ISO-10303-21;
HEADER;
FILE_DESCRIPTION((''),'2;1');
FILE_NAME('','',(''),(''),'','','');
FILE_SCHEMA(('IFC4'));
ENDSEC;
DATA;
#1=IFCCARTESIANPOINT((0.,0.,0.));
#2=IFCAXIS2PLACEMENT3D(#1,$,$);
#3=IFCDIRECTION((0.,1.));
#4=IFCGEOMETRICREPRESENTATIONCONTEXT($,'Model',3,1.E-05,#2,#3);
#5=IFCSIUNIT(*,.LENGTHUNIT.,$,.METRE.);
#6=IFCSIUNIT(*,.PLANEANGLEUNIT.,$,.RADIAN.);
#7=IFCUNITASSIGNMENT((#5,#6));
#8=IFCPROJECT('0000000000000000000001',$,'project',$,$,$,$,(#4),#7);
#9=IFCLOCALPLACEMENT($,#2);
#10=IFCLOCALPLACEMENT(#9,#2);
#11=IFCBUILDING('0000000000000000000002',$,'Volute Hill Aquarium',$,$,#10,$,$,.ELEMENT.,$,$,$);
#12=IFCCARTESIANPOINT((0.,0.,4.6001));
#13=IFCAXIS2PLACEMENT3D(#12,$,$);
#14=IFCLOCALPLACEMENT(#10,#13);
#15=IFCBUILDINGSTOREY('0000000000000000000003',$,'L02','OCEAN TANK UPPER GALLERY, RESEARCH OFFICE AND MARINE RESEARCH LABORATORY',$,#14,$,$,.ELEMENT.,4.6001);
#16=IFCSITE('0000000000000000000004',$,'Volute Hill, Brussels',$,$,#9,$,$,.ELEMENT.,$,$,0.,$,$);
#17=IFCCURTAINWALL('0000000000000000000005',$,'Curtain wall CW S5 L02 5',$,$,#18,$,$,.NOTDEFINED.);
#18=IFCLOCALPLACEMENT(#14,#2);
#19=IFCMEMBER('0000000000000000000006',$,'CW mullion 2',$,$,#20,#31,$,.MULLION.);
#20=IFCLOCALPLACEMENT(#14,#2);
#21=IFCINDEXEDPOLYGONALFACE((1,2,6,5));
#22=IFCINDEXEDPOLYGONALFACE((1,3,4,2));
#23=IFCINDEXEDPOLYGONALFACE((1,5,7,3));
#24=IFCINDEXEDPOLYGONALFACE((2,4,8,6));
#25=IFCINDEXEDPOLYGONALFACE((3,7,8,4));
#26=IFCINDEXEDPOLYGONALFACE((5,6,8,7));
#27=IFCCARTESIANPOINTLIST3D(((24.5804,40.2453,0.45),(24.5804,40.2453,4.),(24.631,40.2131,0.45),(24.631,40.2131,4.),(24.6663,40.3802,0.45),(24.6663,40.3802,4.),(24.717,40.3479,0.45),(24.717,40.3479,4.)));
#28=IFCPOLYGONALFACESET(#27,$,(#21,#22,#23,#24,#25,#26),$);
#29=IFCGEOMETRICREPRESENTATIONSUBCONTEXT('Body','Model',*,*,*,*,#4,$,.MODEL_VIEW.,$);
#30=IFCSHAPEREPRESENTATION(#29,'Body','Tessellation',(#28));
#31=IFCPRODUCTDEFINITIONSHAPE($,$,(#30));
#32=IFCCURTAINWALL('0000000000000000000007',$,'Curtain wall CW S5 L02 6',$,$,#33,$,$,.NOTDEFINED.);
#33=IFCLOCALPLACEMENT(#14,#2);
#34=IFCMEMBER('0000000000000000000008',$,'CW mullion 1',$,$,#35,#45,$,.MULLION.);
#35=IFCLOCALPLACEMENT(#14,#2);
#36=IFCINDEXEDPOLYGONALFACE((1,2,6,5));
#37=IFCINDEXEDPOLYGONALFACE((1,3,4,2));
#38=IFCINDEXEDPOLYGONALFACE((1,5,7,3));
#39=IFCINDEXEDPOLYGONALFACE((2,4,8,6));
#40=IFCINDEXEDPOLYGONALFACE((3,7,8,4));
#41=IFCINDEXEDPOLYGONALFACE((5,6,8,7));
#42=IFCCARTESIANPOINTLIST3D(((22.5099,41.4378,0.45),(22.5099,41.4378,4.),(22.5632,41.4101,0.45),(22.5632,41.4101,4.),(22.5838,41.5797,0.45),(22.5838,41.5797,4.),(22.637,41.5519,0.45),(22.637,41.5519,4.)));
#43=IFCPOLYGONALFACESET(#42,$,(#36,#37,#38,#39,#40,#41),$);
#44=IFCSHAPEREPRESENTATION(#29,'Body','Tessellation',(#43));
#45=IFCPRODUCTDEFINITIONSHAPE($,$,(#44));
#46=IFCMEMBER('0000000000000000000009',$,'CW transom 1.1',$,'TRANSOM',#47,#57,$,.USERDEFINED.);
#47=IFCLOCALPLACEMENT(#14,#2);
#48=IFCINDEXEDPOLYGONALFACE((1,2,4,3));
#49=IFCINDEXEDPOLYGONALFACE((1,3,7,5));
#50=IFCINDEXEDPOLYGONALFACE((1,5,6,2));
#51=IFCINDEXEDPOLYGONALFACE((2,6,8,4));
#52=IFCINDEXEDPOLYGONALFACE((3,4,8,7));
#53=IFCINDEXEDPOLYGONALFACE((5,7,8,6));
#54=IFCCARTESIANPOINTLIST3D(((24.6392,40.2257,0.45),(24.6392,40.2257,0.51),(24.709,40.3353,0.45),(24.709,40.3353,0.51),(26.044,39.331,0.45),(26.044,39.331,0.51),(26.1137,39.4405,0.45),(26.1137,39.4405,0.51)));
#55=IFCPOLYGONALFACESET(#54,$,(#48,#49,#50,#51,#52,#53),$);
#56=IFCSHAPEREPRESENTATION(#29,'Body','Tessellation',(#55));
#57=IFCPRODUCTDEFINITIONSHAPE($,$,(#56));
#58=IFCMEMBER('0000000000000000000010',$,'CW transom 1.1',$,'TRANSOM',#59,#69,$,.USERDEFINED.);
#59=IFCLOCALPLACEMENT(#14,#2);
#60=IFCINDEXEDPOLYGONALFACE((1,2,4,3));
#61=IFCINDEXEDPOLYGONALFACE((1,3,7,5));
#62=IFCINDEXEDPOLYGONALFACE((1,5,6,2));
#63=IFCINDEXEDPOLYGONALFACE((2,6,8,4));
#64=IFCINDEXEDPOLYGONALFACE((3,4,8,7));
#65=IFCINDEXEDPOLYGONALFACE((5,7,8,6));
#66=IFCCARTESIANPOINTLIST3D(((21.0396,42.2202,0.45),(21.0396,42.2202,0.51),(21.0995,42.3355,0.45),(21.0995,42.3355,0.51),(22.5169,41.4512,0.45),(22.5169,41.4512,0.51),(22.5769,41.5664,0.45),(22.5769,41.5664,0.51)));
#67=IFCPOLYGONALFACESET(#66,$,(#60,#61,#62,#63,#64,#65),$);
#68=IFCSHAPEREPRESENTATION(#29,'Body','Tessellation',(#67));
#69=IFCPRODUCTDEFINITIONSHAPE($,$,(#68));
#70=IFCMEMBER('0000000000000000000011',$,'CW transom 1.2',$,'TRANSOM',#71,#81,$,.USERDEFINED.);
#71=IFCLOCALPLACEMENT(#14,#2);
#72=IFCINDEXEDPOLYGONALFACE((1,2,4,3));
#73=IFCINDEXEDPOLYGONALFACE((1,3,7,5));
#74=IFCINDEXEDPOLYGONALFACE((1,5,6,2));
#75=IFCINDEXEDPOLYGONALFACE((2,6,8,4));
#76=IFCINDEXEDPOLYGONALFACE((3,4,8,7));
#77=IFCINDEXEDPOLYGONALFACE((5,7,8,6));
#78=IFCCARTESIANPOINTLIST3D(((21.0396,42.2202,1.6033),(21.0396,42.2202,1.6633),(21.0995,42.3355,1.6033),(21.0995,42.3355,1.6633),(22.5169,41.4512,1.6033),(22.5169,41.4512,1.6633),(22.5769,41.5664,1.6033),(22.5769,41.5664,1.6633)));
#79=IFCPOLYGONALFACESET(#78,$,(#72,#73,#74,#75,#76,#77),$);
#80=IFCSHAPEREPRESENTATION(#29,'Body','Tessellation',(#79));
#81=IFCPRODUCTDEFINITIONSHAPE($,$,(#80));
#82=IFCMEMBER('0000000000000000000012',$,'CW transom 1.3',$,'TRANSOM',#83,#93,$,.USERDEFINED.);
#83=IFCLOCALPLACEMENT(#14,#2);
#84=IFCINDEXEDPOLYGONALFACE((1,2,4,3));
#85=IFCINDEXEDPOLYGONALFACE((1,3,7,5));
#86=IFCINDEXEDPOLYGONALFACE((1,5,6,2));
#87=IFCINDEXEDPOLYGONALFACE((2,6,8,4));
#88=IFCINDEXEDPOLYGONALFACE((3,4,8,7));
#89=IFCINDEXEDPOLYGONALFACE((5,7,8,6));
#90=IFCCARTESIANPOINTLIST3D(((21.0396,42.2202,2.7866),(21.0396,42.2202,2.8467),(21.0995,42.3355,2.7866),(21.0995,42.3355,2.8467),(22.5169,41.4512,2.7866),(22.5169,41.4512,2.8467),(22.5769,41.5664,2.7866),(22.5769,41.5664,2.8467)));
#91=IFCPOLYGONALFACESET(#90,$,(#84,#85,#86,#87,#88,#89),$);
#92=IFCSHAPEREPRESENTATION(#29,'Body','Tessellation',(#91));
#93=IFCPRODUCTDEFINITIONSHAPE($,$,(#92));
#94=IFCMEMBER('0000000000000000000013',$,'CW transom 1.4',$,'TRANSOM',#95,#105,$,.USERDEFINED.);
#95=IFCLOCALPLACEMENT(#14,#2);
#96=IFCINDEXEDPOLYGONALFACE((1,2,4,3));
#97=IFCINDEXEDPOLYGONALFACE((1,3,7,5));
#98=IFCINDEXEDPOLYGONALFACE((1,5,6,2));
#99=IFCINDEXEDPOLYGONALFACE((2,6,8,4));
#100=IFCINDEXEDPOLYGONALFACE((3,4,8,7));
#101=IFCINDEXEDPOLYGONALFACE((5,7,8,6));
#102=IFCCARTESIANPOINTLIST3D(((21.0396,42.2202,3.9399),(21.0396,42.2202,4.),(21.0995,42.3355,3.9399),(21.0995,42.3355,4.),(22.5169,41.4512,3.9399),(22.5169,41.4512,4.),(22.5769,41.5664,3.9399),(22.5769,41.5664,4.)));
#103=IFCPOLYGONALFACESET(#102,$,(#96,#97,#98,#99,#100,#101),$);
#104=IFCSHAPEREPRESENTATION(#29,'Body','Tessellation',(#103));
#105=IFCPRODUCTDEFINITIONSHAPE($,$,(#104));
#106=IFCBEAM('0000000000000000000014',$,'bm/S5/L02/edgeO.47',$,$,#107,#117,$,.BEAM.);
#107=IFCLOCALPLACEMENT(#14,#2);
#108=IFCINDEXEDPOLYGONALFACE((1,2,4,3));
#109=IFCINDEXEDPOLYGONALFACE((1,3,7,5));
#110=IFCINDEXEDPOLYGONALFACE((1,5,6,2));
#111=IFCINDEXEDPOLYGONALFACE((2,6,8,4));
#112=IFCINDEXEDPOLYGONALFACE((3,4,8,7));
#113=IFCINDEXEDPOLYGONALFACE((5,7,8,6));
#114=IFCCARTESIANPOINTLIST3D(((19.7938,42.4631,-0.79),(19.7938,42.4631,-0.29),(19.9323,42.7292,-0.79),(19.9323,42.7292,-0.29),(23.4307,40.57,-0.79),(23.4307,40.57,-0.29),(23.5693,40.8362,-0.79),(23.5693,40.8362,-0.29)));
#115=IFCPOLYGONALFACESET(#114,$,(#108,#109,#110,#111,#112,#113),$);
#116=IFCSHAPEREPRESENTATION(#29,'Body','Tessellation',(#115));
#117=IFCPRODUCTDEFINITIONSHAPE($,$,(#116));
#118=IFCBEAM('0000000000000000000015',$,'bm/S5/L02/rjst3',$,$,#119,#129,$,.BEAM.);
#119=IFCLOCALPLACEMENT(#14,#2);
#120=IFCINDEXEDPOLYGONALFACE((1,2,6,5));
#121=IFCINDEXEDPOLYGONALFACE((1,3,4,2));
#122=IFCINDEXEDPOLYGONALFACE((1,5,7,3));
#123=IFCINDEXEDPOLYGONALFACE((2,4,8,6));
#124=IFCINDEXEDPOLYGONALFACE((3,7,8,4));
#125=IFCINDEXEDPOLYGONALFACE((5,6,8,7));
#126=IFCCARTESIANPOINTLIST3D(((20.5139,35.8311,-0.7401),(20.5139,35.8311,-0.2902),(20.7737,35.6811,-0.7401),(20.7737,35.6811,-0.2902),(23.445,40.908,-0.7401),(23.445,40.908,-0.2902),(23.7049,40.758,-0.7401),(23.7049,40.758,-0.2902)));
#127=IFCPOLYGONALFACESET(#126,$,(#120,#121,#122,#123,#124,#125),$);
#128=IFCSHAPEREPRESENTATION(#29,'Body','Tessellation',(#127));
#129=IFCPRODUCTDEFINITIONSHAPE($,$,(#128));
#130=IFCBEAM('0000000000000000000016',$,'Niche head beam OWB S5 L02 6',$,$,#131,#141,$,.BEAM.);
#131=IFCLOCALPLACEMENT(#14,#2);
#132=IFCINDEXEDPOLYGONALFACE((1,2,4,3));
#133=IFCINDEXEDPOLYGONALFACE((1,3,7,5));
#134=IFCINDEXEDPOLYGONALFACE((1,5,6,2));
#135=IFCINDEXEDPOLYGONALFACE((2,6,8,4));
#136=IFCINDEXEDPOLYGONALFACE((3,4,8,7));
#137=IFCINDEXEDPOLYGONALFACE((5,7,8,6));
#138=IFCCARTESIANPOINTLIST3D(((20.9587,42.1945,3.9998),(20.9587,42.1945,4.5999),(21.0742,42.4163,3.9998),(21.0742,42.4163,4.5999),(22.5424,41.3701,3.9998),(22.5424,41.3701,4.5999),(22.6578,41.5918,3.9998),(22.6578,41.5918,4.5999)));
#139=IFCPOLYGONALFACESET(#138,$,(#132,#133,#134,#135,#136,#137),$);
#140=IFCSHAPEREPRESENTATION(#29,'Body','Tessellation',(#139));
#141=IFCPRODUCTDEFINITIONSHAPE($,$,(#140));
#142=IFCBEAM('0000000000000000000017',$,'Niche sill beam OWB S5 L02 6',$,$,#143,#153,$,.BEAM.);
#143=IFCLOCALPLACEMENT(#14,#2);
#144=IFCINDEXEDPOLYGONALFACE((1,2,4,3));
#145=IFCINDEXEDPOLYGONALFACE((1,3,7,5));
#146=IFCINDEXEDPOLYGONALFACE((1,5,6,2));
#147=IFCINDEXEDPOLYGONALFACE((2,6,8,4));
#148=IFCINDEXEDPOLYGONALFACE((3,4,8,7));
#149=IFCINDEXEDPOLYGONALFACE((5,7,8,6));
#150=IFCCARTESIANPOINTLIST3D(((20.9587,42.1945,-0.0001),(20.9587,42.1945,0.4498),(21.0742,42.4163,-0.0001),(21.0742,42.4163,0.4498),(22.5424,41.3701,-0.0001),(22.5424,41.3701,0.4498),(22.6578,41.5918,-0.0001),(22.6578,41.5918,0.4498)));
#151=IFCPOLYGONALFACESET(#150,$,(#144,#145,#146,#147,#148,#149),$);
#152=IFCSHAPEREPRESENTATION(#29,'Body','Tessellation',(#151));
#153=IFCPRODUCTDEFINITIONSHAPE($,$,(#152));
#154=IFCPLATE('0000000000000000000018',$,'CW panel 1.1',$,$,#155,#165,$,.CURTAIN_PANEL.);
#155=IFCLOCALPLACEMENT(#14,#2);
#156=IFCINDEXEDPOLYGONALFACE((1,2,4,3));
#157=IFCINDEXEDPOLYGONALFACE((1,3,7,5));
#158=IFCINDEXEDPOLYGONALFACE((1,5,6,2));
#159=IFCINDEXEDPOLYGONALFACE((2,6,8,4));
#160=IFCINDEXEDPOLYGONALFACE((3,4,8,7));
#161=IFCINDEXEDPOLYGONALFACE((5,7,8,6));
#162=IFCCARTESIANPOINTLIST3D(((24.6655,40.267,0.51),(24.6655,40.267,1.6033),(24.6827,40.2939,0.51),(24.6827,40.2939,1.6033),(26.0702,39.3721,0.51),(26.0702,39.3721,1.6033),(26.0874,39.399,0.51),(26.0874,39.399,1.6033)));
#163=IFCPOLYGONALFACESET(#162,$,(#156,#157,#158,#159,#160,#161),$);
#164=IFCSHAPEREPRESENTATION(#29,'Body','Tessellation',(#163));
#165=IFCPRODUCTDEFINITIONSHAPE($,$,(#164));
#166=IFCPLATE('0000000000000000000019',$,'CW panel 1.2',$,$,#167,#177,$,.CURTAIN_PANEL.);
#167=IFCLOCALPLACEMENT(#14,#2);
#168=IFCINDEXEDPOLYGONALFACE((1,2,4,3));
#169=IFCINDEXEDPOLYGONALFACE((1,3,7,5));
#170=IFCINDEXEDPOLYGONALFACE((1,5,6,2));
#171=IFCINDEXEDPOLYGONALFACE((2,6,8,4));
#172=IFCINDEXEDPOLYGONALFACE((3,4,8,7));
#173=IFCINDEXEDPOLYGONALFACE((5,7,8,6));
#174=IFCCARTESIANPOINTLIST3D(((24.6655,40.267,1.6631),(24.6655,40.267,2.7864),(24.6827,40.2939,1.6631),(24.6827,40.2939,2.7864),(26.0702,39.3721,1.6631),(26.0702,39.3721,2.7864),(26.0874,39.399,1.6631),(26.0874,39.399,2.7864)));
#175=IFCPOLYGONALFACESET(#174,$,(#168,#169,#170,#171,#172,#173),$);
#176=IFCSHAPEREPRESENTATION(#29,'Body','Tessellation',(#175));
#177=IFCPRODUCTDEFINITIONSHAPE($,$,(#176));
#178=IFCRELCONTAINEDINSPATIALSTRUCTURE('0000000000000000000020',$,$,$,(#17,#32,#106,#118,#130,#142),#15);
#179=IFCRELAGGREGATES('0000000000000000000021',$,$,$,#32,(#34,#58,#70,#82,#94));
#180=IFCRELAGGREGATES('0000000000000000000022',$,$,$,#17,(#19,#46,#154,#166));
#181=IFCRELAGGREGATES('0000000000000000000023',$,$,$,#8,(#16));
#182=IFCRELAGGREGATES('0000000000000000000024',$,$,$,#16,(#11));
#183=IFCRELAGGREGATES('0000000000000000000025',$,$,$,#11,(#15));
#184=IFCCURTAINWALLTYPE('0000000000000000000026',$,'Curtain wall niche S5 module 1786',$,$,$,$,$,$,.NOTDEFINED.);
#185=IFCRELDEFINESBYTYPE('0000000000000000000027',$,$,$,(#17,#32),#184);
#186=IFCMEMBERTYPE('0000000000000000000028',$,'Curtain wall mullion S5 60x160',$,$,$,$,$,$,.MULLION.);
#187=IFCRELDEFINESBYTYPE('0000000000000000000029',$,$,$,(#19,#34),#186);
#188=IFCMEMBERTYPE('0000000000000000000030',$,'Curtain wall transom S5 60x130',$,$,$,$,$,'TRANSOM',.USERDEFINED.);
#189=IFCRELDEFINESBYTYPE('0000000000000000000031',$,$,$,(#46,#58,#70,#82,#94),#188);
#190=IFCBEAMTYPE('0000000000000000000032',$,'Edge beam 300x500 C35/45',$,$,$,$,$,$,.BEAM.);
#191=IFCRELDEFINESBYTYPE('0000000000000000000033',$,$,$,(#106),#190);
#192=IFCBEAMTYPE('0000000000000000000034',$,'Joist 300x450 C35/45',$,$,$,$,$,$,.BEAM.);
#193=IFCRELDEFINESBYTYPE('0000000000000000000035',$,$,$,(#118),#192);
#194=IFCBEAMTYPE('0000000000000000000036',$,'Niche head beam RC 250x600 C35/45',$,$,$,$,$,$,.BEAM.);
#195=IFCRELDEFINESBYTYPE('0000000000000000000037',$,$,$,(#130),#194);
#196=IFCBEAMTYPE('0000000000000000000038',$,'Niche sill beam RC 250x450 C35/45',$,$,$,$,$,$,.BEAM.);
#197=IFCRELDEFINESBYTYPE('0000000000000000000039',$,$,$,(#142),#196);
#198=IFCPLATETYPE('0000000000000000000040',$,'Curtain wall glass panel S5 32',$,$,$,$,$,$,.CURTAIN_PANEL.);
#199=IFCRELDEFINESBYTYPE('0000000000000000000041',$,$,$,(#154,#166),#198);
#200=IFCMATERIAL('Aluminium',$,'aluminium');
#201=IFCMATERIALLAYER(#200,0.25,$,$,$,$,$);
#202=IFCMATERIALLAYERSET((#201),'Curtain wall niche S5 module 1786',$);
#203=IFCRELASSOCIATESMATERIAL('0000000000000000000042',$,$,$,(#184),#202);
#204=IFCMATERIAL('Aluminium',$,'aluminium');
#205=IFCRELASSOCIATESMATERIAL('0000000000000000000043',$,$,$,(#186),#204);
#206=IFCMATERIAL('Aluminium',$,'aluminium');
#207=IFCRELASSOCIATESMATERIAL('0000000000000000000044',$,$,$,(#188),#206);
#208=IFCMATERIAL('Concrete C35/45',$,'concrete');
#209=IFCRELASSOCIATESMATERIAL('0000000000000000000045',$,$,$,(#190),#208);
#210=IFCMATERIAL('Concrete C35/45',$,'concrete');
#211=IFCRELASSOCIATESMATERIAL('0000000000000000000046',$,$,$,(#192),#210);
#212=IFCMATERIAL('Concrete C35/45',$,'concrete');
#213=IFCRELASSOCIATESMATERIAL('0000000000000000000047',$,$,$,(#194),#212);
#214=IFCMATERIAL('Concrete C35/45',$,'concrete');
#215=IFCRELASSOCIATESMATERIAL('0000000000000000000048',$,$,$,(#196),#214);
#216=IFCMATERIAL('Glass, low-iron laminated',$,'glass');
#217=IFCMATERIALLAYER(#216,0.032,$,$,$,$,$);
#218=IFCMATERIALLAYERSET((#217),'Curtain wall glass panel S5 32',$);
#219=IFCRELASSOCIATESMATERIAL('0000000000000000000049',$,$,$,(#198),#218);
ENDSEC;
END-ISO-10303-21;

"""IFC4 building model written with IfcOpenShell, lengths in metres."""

from ifc_helpers import new_model, si_unit, direction, frame, origin, origin_2d, place, context, subcontext, project, spatial, rectangle, extrude, material, layer, layer_set, material_profile, profile_set, type_object, element, aggregate, save


model = new_model("IFC4")

# Units and contexts
model_context = context("Model", 3, precision=1e-05, world=origin(), true_north=direction((0.0, 1.0)))
body_context = subcontext(model_context, "Body", "Model", "MODEL_VIEW")
ifc_project = project(units=[si_unit("LENGTHUNIT", "METRE"), si_unit("PLANEANGLEUNIT", "RADIAN")], contexts=[model_context])

# Site, building, storey
site_placement = place(None, origin())
site = spatial("IfcSite", under=ifc_project, at=site_placement, Name="Volute Hill, Brussels", CompositionType="ELEMENT", RefElevation=0.0)
building_placement = place(site_placement, origin())
building = spatial("IfcBuilding", under=site, at=building_placement, Name="Volute Hill Aquarium", CompositionType="ELEMENT")
storey_placement = place(building_placement, frame((0.0, 0.0, 4.6001)))
storey = spatial("IfcBuildingStorey", under=building, at=storey_placement, Name="L02", Description="OCEAN TANK UPPER GALLERY, RESEARCH OFFICE AND MARINE RESEARCH LABORATORY", CompositionType="ELEMENT", Elevation=4.6001)

# Curtain walls, members
ifc_material_1 = material(Name="Aluminium", Category="aluminium")
ifc_layer_1 = layer(ifc_material_1, 0.25)
ifc_layer_set_1 = layer_set([ifc_layer_1], Name="Curtain wall niche S5 module 1786")
curtain_wall_type = type_object("IfcCurtainWallType", Name="Curtain wall niche S5 module 1786", PredefinedType="NOTDEFINED", material=ifc_layer_set_1)
curtain_wall_1_placement = place(storey_placement, origin())
curtain_wall_1 = element("IfcCurtainWall", 1, at=curtain_wall_1_placement, inside=storey, type_object=curtain_wall_type, Name="Curtain wall CW S5 L02 5", PredefinedType="NOTDEFINED")
ifc_material_2 = material(Name="Aluminium", Category="aluminium")
ifc_material_profile_1 = material_profile(ifc_material_2, rectangle(XDim=0.1599, YDim=0.0601, at=origin_2d()), Name="Curtain wall mullion S5 60x160")
ifc_profile_set_1 = profile_set([ifc_material_profile_1], Name="Aluminium")
member_type_1 = type_object("IfcMemberType", Name="Curtain wall mullion S5 60x160", PredefinedType="MULLION", material=ifc_profile_set_1)
member_1_placement = place(storey_placement, frame((24.6487, 40.2966, 0.45), z_axis=(0.0, 0.0, 1.0), x_axis=(-0.53731, -0.843385, 0.0)))
member_1 = element("IfcMember", 2, at=member_1_placement, type_object=member_type_1, Name="CW mullion 2", PredefinedType="MULLION", context=body_context, shape_type="SweptSolid", body=[
    extrude(rectangle(XDim=0.1599, YDim=0.0601, at=origin_2d()), origin(), (0.0, 0.0, 1.0), 3.55),
])
curtain_wall_2_placement = place(storey_placement, origin())
curtain_wall_2 = element("IfcCurtainWall", 3, at=curtain_wall_2_placement, inside=storey, type_object=curtain_wall_type, Name="Curtain wall CW S5 L02 6", PredefinedType="NOTDEFINED")
member_2_placement = place(storey_placement, frame((22.5735, 41.4949, 0.45), z_axis=(0.0, 0.0, 1.0), x_axis=(-0.461755, -0.887007, 0.0)))
member_2 = element("IfcMember", 4, at=member_2_placement, type_object=member_type_1, Name="CW mullion 1", PredefinedType="MULLION", context=body_context, shape_type="SweptSolid", body=[
    extrude(rectangle(XDim=0.1599, YDim=0.0601, at=origin_2d()), origin(), (0.0, 0.0, 1.0), 3.55),
])

# Members
ifc_material_3 = material(Name="Aluminium", Category="aluminium")
ifc_material_profile_2 = material_profile(ifc_material_3, rectangle(XDim=0.1299, YDim=0.0601, at=origin_2d()), Name="Curtain wall transom S5 60x130")
ifc_profile_set_2 = profile_set([ifc_material_profile_2], Name="Aluminium")
member_type_2 = type_object("IfcMemberType", Name="Curtain wall transom S5 60x130", ElementType="TRANSOM", PredefinedType="USERDEFINED", material=ifc_profile_set_2)
member_3_placement = place(storey_placement, frame((26.0789, 39.3857, 0.48), z_axis=(-0.843438, 0.537226, 0.0), x_axis=(-0.537226, -0.843438, 0.0)))
member_3 = element("IfcMember", 5, at=member_3_placement, type_object=member_type_2, Name="CW transom 1.1", ObjectType="TRANSOM", PredefinedType="USERDEFINED", context=body_context, shape_type="SweptSolid", body=[
    extrude(rectangle(XDim=0.1299, YDim=0.0601, at=origin_2d()), origin(), (0.0, 0.0, 1.0), 1.6655),
])
member_4_placement = place(storey_placement, frame((22.5469, 41.5088, 0.48), z_axis=(-0.887008, 0.461754, 0.0), x_axis=(-0.461754, -0.887008, 0.0)))
member_4 = element("IfcMember", 6, at=member_4_placement, type_object=member_type_2, Name="CW transom 1.1", ObjectType="TRANSOM", PredefinedType="USERDEFINED", context=body_context, shape_type="SweptSolid", body=[
    extrude(rectangle(XDim=0.1299, YDim=0.0601, at=origin_2d()), origin(), (0.0, 0.0, 1.0), 1.6655),
])
member_5_placement = place(storey_placement, frame((22.5469, 41.5088, 1.6333), z_axis=(-0.887008, 0.461754, 0.0), x_axis=(-0.461754, -0.887008, 0.0)))
member_5 = element("IfcMember", 7, at=member_5_placement, type_object=member_type_2, Name="CW transom 1.2", ObjectType="TRANSOM", PredefinedType="USERDEFINED", context=body_context, shape_type="SweptSolid", body=[
    extrude(rectangle(XDim=0.1299, YDim=0.0601, at=origin_2d()), origin(), (0.0, 0.0, 1.0), 1.6655),
])
member_6_placement = place(storey_placement, frame((22.5469, 41.5088, 2.8167), z_axis=(-0.887008, 0.461754, 0.0), x_axis=(-0.461754, -0.887008, 0.0)))
member_6 = element("IfcMember", 8, at=member_6_placement, type_object=member_type_2, Name="CW transom 1.3", ObjectType="TRANSOM", PredefinedType="USERDEFINED", context=body_context, shape_type="SweptSolid", body=[
    extrude(rectangle(XDim=0.1299, YDim=0.0601, at=origin_2d()), origin(), (0.0, 0.0, 1.0), 1.6655),
])
member_7_placement = place(storey_placement, frame((22.5469, 41.5088, 3.97), z_axis=(-0.887008, 0.461754, 0.0), x_axis=(-0.461754, -0.887008, 0.0)))
member_7 = element("IfcMember", 9, at=member_7_placement, type_object=member_type_2, Name="CW transom 1.4", ObjectType="TRANSOM", PredefinedType="USERDEFINED", context=body_context, shape_type="SweptSolid", body=[
    extrude(rectangle(XDim=0.1299, YDim=0.0601, at=origin_2d()), origin(), (0.0, 0.0, 1.0), 1.6655),
])
aggregate(curtain_wall_2, [member_2, member_4, member_5, member_6, member_7])

# Beams
ifc_material_4 = material(Name="Concrete C35/45", Category="concrete")
ifc_material_profile_3 = material_profile(ifc_material_4, rectangle(XDim=0.3, YDim=0.5, at=origin_2d()), Name="RC edge beam 300x500")
ifc_profile_set_3 = profile_set([ifc_material_profile_3], Name="Concrete C35/45")
beam_type_1 = type_object("IfcBeamType", Name="Edge beam 300x500 C35/45", PredefinedType="BEAM", material=ifc_profile_set_3)
beam_1_placement = place(storey_placement, frame((23.5, 40.7031, -0.54), z_axis=(-0.887032, 0.461707, 0.0), x_axis=(-0.461707, -0.887032, 0.0)))
element("IfcBeam", 10, at=beam_1_placement, inside=storey, type_object=beam_type_1, Name="bm/S5/L02/edgeO.47", PredefinedType="BEAM", context=body_context, shape_type="SweptSolid", body=[
    extrude(rectangle(XDim=0.3, YDim=0.5, at=origin_2d()), origin(), (0.0, 0.0, 1.0), 4.1001),
])
ifc_material_5 = material(Name="Concrete C35/45", Category="concrete")
ifc_material_profile_4 = material_profile(ifc_material_5, rectangle(XDim=0.3, YDim=0.45, at=origin_2d()), Name="RC joist 300x450")
ifc_profile_set_4 = profile_set([ifc_material_profile_4], Name="Concrete C35/45")
beam_type_2 = type_object("IfcBeamType", Name="Joist 300x450 C35/45", PredefinedType="BEAM", material=ifc_profile_set_4)
beam_2_placement = place(storey_placement, frame((20.6438, 35.7561, -0.5151), z_axis=(0.5, 0.866025, 0.0), x_axis=(-0.866025, 0.5, 0.0)))
element("IfcBeam", 11, at=beam_2_placement, inside=storey, type_object=beam_type_2, Name="bm/S5/L02/rjst3", PredefinedType="BEAM", context=body_context, shape_type="SweptSolid", body=[
    extrude(rectangle(XDim=0.3, YDim=0.45, at=origin_2d()), origin(), (0.0, 0.0, 1.0), 5.8623),
])
ifc_material_6 = material(Name="Concrete C35/45", Category="concrete")
ifc_material_profile_5 = material_profile(ifc_material_6, rectangle(XDim=0.25, YDim=0.6001, at=origin_2d()), Name="RC beam 250x600")
ifc_profile_set_5 = profile_set([ifc_material_profile_5], Name="Concrete C35/45")
beam_type_3 = type_object("IfcBeamType", Name="Niche head beam RC 250x600 C35/45", PredefinedType="BEAM", material=ifc_profile_set_5)
beam_3_placement = place(storey_placement, frame((22.6001, 41.481, 4.2998), z_axis=(-0.887006, 0.461757, 0.0), x_axis=(-0.461757, -0.887006, 0.0)))
element("IfcBeam", 12, at=beam_3_placement, inside=storey, type_object=beam_type_3, Name="Niche head beam OWB S5 L02 6", PredefinedType="BEAM", context=body_context, shape_type="SweptSolid", body=[
    extrude(rectangle(XDim=0.25, YDim=0.6001, at=origin_2d()), origin(), (0.0, 0.0, 1.0), 1.7854),
])
ifc_material_7 = material(Name="Concrete C35/45", Category="concrete")
ifc_material_profile_6 = material_profile(ifc_material_7, rectangle(XDim=0.25, YDim=0.45, at=origin_2d()), Name="RC beam 250x450")
ifc_profile_set_6 = profile_set([ifc_material_profile_6], Name="Concrete C35/45")
beam_type_4 = type_object("IfcBeamType", Name="Niche sill beam RC 250x450 C35/45", PredefinedType="BEAM", material=ifc_profile_set_6)
beam_4_placement = place(storey_placement, frame((22.6001, 41.481, 0.2249), z_axis=(-0.887006, 0.461757, 0.0), x_axis=(-0.461757, -0.887006, 0.0)))
element("IfcBeam", 13, at=beam_4_placement, inside=storey, type_object=beam_type_4, Name="Niche sill beam OWB S5 L02 6", PredefinedType="BEAM", context=body_context, shape_type="SweptSolid", body=[
    extrude(rectangle(XDim=0.25, YDim=0.45, at=origin_2d()), origin(), (0.0, 0.0, 1.0), 1.7854),
])

# Plates
ifc_material_8 = material(Name="Glass, low-iron laminated", Category="glass")
ifc_layer_2 = layer(ifc_material_8, 0.032)
ifc_layer_set_2 = layer_set([ifc_layer_2], Name="Curtain wall glass panel S5 32")
plate_type = type_object("IfcPlateType", Name="Curtain wall glass panel S5 32", PredefinedType="CURTAIN_PANEL", material=ifc_layer_set_2)
plate_1_placement = place(storey_placement, frame((25.3765, 39.833, 0.51), z_axis=(0.0, 0.0, 1.0), x_axis=(-0.843385, 0.53731, 0.0)))
plate_1 = element("IfcPlate", 14, at=plate_1_placement, type_object=plate_type, Name="CW panel 1.1", PredefinedType="CURTAIN_PANEL", context=body_context, shape_type="SweptSolid", body=[
    extrude(rectangle(XDim=1.6655, YDim=0.032, at=origin_2d()), origin(), (0.0, 0.0, 1.0), 1.0933),
])
plate_2_placement = place(storey_placement, frame((25.3765, 39.833, 1.6631), z_axis=(0.0, 0.0, 1.0), x_axis=(-0.843385, 0.53731, 0.0)))
plate_2 = element("IfcPlate", 15, at=plate_2_placement, type_object=plate_type, Name="CW panel 1.2", PredefinedType="CURTAIN_PANEL", context=body_context, shape_type="SweptSolid", body=[
    extrude(rectangle(XDim=1.6655, YDim=0.032, at=origin_2d()), origin(), (0.0, 0.0, 1.0), 1.1233),
])
aggregate(curtain_wall_1, [member_1, member_3, plate_1, plate_2])

save(model, "model.ifc")
